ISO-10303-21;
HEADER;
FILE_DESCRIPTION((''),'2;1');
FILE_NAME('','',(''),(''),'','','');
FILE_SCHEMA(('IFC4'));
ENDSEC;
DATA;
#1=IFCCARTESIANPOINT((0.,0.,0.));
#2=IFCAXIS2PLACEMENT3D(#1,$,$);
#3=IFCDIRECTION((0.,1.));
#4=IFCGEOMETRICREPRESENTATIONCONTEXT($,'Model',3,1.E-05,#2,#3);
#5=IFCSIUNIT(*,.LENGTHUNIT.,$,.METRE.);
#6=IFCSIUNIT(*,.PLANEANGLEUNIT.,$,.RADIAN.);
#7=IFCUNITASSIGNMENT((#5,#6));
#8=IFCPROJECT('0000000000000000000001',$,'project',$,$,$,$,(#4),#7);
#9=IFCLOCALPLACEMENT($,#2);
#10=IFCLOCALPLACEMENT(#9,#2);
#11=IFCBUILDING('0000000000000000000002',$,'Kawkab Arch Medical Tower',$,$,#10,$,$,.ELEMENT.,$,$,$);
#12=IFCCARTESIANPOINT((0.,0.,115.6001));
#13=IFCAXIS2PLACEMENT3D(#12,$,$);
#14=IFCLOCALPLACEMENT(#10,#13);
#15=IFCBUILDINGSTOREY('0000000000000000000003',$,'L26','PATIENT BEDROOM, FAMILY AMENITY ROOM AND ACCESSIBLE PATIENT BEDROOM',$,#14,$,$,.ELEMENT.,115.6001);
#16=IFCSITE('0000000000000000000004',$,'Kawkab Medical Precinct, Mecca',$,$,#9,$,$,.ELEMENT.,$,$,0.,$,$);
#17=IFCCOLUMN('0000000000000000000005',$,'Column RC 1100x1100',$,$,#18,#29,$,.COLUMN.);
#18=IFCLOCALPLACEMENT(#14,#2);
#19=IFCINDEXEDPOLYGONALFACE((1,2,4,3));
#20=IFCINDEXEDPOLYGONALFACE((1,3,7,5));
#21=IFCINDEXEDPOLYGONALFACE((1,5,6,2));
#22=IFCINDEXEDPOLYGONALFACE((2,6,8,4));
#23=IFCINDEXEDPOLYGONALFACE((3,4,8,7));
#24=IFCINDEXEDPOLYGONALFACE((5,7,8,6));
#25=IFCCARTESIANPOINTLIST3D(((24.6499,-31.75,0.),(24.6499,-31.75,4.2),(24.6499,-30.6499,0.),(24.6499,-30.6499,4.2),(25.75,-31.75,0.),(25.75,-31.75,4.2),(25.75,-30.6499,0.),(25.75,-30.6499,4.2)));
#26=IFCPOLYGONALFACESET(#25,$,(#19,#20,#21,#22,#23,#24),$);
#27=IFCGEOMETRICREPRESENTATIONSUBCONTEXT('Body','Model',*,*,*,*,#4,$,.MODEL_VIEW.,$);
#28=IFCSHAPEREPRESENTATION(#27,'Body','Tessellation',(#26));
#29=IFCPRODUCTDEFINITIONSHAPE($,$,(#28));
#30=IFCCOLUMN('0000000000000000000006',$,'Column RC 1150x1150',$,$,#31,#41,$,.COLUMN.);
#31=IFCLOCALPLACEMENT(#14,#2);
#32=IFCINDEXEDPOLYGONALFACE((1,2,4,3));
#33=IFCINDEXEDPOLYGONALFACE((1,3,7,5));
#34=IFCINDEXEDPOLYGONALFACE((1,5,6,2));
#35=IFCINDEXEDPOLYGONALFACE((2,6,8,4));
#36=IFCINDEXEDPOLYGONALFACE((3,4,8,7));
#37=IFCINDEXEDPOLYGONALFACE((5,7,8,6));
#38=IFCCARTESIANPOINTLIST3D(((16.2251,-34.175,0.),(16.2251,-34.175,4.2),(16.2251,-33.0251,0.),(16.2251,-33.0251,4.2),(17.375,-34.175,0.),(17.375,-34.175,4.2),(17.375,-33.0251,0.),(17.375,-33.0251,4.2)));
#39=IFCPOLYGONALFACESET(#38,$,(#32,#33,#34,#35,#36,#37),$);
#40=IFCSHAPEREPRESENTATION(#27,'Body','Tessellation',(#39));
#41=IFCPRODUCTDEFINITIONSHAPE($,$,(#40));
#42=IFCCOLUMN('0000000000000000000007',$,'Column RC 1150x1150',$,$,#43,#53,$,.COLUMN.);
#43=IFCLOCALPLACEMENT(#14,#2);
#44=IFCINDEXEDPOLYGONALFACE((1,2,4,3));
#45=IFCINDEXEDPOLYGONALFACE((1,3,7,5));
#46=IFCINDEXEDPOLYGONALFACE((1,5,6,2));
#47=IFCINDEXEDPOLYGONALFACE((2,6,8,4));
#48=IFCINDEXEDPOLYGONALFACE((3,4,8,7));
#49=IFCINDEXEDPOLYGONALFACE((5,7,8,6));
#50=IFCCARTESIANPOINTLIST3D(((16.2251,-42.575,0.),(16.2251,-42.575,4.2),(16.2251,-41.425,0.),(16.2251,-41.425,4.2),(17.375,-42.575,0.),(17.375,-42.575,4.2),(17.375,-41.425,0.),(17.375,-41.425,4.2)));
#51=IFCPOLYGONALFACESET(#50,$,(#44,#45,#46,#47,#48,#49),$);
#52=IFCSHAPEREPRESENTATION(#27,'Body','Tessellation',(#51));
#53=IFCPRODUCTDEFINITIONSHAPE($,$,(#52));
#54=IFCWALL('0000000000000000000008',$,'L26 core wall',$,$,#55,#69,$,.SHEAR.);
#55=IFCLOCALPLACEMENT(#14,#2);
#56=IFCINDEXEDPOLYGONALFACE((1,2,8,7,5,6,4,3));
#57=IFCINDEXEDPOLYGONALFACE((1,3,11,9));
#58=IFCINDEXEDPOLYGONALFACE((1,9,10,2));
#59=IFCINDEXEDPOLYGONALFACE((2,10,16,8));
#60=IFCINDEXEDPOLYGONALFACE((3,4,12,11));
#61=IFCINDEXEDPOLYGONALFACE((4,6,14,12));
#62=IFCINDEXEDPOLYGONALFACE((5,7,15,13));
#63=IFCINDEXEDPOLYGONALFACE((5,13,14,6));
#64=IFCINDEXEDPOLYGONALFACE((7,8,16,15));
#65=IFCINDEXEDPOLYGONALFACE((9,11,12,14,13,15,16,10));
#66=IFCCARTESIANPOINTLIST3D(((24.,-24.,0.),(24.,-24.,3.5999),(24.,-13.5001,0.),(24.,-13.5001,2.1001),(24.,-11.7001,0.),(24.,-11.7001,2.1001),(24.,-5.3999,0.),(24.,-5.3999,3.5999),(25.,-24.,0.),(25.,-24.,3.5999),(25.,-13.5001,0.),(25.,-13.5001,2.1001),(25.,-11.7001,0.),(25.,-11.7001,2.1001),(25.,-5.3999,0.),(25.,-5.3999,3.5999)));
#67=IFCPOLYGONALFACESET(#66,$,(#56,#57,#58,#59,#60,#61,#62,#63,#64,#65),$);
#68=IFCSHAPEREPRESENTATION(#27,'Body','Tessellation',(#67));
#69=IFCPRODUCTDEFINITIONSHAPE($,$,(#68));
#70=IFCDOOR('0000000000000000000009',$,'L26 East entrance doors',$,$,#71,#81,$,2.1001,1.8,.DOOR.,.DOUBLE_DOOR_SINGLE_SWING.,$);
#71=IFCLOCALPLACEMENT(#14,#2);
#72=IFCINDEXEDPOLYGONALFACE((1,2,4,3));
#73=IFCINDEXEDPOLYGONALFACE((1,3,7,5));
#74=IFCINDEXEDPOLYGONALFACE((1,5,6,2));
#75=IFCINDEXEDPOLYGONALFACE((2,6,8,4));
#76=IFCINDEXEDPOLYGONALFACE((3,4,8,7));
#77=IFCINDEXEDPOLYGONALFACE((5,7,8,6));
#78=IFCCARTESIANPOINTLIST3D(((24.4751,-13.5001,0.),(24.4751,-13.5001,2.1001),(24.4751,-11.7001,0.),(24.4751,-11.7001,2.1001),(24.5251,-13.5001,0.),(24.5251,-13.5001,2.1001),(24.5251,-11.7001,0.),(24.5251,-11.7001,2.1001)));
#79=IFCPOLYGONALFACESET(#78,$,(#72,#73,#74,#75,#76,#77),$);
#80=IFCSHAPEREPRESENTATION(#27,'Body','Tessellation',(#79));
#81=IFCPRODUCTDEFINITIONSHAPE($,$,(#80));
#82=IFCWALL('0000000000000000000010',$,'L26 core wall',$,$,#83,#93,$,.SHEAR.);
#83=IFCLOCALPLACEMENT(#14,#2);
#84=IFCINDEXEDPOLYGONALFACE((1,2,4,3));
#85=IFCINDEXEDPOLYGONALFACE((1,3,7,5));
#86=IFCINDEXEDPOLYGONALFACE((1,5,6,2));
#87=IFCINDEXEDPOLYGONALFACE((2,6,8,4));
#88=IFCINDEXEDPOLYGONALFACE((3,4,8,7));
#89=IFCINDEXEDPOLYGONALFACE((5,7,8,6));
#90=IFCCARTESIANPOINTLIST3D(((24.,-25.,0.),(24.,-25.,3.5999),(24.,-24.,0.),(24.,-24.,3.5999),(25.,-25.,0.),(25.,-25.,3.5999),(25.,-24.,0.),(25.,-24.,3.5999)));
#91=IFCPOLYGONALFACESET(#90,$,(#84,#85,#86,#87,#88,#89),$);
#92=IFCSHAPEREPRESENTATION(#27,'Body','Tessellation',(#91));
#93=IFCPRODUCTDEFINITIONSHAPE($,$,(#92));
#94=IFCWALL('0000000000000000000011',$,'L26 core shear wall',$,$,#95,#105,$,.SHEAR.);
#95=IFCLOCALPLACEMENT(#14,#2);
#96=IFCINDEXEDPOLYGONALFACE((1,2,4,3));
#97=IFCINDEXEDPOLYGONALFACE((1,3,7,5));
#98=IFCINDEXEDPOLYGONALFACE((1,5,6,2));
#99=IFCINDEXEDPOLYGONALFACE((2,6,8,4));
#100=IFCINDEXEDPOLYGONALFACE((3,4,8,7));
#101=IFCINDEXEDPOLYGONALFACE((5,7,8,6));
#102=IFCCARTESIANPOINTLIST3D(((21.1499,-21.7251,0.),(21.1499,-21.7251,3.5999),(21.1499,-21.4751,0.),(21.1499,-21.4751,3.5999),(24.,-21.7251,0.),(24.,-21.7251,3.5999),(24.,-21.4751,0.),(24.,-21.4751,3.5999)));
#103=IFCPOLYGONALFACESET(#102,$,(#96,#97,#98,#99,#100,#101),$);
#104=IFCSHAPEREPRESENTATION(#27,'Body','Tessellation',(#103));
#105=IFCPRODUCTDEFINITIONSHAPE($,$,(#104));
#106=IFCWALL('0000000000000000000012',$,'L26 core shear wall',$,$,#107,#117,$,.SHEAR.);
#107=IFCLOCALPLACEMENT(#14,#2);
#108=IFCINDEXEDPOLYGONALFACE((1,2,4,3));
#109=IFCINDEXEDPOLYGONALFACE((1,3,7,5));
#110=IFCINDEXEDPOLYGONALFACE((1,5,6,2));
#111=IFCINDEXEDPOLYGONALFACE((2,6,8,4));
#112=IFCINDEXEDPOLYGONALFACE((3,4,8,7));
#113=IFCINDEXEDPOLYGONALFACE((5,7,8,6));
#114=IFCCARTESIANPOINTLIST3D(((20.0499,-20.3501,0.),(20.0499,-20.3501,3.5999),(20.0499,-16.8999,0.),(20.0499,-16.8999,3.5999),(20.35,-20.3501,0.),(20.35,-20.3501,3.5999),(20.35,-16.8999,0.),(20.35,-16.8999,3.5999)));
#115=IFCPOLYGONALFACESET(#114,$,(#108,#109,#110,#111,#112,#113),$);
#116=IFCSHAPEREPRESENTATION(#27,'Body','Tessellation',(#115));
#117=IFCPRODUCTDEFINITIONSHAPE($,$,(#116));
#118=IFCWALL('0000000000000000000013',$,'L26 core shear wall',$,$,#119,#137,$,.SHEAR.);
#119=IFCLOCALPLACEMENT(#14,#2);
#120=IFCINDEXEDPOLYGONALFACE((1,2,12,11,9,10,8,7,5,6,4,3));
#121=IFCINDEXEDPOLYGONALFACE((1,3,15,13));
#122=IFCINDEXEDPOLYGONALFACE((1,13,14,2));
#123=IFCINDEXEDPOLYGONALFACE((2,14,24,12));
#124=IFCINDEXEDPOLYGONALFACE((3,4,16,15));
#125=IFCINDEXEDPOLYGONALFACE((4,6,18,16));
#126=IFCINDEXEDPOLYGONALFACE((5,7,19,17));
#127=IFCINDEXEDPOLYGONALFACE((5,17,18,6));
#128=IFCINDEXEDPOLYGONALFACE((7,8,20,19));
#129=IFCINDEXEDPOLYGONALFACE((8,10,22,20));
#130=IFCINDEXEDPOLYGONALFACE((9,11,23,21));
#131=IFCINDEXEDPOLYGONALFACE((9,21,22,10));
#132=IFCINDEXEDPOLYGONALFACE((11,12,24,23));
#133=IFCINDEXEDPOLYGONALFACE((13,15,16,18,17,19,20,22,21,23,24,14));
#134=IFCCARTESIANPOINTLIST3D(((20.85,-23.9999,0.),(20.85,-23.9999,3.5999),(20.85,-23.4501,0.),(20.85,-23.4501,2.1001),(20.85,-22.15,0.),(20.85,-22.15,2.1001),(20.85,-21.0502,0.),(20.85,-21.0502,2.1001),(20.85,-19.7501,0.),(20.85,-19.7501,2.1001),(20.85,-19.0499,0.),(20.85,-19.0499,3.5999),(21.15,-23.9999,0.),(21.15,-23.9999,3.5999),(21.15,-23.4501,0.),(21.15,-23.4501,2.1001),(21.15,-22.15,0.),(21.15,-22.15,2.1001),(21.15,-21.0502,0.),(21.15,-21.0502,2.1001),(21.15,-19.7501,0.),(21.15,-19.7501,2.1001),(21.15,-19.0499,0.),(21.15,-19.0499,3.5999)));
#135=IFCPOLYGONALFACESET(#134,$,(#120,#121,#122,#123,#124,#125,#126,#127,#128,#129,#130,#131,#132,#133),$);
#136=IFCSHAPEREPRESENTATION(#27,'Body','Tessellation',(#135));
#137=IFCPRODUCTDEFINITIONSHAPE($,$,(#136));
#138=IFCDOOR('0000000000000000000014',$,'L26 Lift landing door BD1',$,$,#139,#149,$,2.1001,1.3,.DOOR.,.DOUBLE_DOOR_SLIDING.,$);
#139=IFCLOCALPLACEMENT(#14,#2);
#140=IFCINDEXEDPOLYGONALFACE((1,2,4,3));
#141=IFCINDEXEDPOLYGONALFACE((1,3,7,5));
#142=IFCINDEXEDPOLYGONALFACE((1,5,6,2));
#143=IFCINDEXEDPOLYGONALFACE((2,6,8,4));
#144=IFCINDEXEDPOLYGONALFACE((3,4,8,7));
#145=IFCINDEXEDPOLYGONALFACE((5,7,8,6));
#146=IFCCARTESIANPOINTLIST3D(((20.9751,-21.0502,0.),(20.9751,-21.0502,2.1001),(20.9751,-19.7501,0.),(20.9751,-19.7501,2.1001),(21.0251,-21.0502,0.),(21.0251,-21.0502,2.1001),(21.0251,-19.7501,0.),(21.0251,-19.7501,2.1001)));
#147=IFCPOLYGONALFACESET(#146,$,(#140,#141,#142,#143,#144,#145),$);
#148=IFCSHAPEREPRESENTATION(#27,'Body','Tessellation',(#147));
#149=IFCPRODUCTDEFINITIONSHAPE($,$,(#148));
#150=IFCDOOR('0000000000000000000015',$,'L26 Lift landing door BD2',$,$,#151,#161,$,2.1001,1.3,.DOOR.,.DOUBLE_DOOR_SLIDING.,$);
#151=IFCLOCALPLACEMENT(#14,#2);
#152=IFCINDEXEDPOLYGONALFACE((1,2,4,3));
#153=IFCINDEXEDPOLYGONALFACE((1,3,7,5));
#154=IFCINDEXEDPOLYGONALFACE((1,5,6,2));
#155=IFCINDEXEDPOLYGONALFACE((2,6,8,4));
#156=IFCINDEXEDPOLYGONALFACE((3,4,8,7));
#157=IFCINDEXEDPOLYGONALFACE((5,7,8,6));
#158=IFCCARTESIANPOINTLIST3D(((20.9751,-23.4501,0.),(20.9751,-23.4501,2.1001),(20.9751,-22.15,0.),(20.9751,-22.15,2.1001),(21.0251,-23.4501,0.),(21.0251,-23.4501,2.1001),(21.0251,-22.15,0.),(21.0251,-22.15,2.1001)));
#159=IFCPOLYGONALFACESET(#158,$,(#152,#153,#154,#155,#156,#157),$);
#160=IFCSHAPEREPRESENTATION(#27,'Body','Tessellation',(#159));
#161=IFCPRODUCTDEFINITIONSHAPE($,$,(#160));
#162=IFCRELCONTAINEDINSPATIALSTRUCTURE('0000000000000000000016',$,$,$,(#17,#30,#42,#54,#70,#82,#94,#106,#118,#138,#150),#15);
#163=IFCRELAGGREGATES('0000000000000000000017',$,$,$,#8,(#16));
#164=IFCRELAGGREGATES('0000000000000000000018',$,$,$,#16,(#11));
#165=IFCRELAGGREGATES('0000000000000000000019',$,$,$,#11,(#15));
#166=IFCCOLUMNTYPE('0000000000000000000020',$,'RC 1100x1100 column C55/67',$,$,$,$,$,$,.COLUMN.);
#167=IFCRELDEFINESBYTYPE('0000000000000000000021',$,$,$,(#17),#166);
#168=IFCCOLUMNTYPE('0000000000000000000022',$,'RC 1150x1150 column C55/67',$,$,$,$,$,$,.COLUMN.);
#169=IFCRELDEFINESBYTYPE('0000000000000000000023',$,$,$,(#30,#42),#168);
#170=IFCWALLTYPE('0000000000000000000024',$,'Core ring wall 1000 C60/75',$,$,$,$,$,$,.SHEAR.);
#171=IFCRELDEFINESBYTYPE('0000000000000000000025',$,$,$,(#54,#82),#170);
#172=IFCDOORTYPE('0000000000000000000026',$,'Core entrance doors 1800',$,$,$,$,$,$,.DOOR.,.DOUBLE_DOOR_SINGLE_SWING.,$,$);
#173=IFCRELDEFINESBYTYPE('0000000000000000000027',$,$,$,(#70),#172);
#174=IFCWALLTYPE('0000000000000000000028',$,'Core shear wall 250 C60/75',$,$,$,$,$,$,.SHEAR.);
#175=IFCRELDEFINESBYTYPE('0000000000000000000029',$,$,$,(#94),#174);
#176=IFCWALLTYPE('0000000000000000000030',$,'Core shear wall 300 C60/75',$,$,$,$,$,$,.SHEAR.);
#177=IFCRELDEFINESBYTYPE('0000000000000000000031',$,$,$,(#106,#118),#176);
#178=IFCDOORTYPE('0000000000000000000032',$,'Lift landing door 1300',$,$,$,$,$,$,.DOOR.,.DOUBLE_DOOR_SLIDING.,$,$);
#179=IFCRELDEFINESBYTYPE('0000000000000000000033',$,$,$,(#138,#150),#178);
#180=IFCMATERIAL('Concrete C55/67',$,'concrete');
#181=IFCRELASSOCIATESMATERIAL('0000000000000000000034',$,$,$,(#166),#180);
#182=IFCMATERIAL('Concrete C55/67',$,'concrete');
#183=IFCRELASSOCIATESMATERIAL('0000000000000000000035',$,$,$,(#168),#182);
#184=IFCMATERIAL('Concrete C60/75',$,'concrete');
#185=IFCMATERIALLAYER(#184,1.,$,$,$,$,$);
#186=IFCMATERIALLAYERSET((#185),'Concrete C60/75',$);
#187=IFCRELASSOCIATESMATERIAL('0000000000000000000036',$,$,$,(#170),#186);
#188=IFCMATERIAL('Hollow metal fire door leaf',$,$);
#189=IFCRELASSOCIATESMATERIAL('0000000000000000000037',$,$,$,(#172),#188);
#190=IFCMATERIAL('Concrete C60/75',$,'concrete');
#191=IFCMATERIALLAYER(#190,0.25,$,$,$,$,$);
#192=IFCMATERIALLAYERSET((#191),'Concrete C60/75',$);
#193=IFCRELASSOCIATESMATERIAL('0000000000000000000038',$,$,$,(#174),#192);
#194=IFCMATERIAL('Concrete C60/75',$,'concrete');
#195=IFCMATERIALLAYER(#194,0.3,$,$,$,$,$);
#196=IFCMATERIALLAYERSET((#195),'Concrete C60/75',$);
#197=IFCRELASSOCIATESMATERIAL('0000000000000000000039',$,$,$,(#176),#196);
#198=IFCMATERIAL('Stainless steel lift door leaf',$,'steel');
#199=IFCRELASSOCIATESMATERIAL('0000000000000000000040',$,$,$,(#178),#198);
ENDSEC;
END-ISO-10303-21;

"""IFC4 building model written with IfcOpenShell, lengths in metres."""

from ifc_helpers import new_model, si_unit, direction, frame, frame_2d, origin, origin_2d, place, context, subcontext, project, spatial, rectangle, extrude, material, layer, layer_set, material_profile, profile_set, type_object, element, fill, save


model = new_model("IFC4")

# Units and contexts
model_context = context("Model", 3, precision=1e-05, world=origin(), true_north=direction((0.0, 1.0)))
body_context = subcontext(model_context, "Body", "Model", "MODEL_VIEW")
ifc_project = project(units=[si_unit("LENGTHUNIT", "METRE"), si_unit("PLANEANGLEUNIT", "RADIAN")], contexts=[model_context])

# Site, building, storey
site_placement = place(None, origin())
site = spatial("IfcSite", under=ifc_project, at=site_placement, Name="Kawkab Medical Precinct, Mecca", CompositionType="ELEMENT", RefElevation=0.0)
building_placement = place(site_placement, origin())
building = spatial("IfcBuilding", under=site, at=building_placement, Name="Kawkab Arch Medical Tower", CompositionType="ELEMENT")
storey_placement = place(building_placement, frame((0.0, 0.0, 115.6001)))
storey = spatial("IfcBuildingStorey", under=building, at=storey_placement, Name="L26", Description="PATIENT BEDROOM, FAMILY AMENITY ROOM AND ACCESSIBLE PATIENT BEDROOM", CompositionType="ELEMENT", Elevation=115.6001)

# Columns
ifc_material_1 = material(Name="Concrete C55/67", Category="concrete")
ifc_material_profile_1 = material_profile(ifc_material_1, rectangle(XDim=1.1001, YDim=1.1001, at=origin_2d()), Name="RC 1100x1100")
ifc_profile_set_1 = profile_set([ifc_material_profile_1], Name="Concrete C55/67")
column_type_1 = type_object("IfcColumnType", Name="RC 1100x1100 column C55/67", PredefinedType="COLUMN", material=ifc_profile_set_1)
column_placement = place(storey_placement, frame((25.2, -31.2, 0.0), z_axis=(0.0, 0.0, 1.0), x_axis=(1.0, 0.0, 0.0)))
element("IfcColumn", 1, at=column_placement, inside=storey, type_object=column_type_1, Name="Column RC 1100x1100", PredefinedType="COLUMN", context=body_context, shape_type="SweptSolid", body=[
    extrude(rectangle(XDim=1.1001, YDim=1.1001, at=origin_2d()), origin(), (0.0, 0.0, 1.0), 4.2),
])
ifc_material_2 = material(Name="Concrete C55/67", Category="concrete")
ifc_material_profile_2 = material_profile(ifc_material_2, rectangle(XDim=1.1499, YDim=1.1499, at=origin_2d()), Name="RC 1150x1150")
ifc_profile_set_2 = profile_set([ifc_material_profile_2], Name="Concrete C55/67")
column_type_2 = type_object("IfcColumnType", Name="RC 1150x1150 column C55/67", PredefinedType="COLUMN", material=ifc_profile_set_2)
for number, where, z_axis, x_axis, name in (
    (2, (16.8, -33.6001, 0.0), (0.0, 0.0, 1.0), (1.0, 0.0, 0.0), "Column RC 1150x1150"),
    (3, (16.8, -42.0, 0.0), (0.0, 0.0, 1.0), (1.0, 0.0, 0.0), "Column RC 1150x1150"),
):
    element("IfcColumn", number, at=place(storey_placement, frame(where, z_axis=z_axis, x_axis=x_axis)), inside=storey, type_object=column_type_2, Name=name, PredefinedType="COLUMN", context=body_context, shape_type="SweptSolid", body=[
        extrude(rectangle(XDim=1.1499, YDim=1.1499, at=origin_2d()), origin(), (0.0, 0.0, 1.0), 4.2),
    ])

# Wall, opening, door
ifc_material_3 = material(Name="Concrete C60/75", Category="concrete")
ifc_layer_1 = layer(ifc_material_3, 1.0)
ifc_layer_set_1 = layer_set([ifc_layer_1], Name="Concrete C60/75")
wall_type_1 = type_object("IfcWallType", Name="Core ring wall 1000 C60/75", PredefinedType="SHEAR", material=ifc_layer_set_1)
wall_1_placement = place(storey_placement, frame((24.5, -24.0, 0.0), z_axis=(0.0, 0.0, 1.0), x_axis=(0.0, 1.0, 0.0)))
wall_1 = element("IfcWall", 4, at=wall_1_placement, inside=storey, type_object=wall_type_1, Name="L26 core wall", PredefinedType="SHEAR", context=body_context, shape_type="SweptSolid", body=[
    extrude(rectangle(XDim=18.6001, YDim=1.0, at=frame_2d((9.3, 0.0))), origin(), (0.0, 0.0, 1.0), 3.5999),
])
opening_1_placement = place(wall_1_placement, frame((10.5, 0.0, 0.0)))
opening_1 = element("IfcOpeningElement", 5, at=opening_1_placement, cuts=wall_1, PredefinedType="OPENING", context=body_context, shape_type="SweptSolid", body=[
    extrude(rectangle(XDim=1.8, YDim=2.1001, at=frame_2d((0.8999, 1.05))), frame((0.0, 0.51, 0.0), z_axis=(0.0, -1.0, 0.0), x_axis=(1.0, 0.0, 0.0)), (0.0, 0.0, 1.0), 1.02),
])
ifc_material_4 = material(Name="Hollow metal fire door leaf")
door_type_1 = type_object("IfcDoorType", Name="Core entrance doors 1800", OperationType="DOUBLE_DOOR_SINGLE_SWING", PredefinedType="DOOR", material=ifc_material_4)
door_1_placement = place(opening_1_placement, origin())
door_1 = element("IfcDoor", 6, at=door_1_placement, inside=storey, type_object=door_type_1, Name="L26 East entrance doors", OperationType="DOUBLE_DOOR_SINGLE_SWING", OverallHeight=2.1001, OverallWidth=1.8, PredefinedType="DOOR", context=body_context, shape_type="SweptSolid", body=[
    extrude(rectangle(XDim=1.8, YDim=2.1001, at=frame_2d((0.8999, 1.05))), frame((0.0, 0.0249, 0.0), z_axis=(0.0, -1.0, 0.0), x_axis=(1.0, 0.0, 0.0)), (0.0, 0.0, 1.0), 0.05),
])
fill(opening_1, door_1)

# Walls
wall_2_placement = place(storey_placement, frame((24.5, -25.0, 0.0), z_axis=(0.0, 0.0, 1.0), x_axis=(0.0, 1.0, 0.0)))
element("IfcWall", 7, at=wall_2_placement, inside=storey, type_object=wall_type_1, Name="L26 core wall", PredefinedType="SHEAR", context=body_context, shape_type="SweptSolid", body=[
    extrude(rectangle(XDim=1.0, YDim=1.0, at=frame_2d((0.5, 0.0))), origin(), (0.0, 0.0, 1.0), 3.5999),
])
ifc_material_5 = material(Name="Concrete C60/75", Category="concrete")
ifc_layer_2 = layer(ifc_material_5, 0.25)
ifc_layer_set_2 = layer_set([ifc_layer_2], Name="Concrete C60/75")
wall_type_2 = type_object("IfcWallType", Name="Core shear wall 250 C60/75", PredefinedType="SHEAR", material=ifc_layer_set_2)
wall_3_placement = place(storey_placement, frame((21.1499, -21.6001, 0.0), z_axis=(0.0, 0.0, 1.0), x_axis=(1.0, 0.0, 0.0)))
element("IfcWall", 8, at=wall_3_placement, inside=storey, type_object=wall_type_2, Name="L26 core shear wall", PredefinedType="SHEAR", context=body_context, shape_type="SweptSolid", body=[
    extrude(rectangle(XDim=2.8501, YDim=0.25, at=frame_2d((1.425, 0.0))), origin(), (0.0, 0.0, 1.0), 3.5999),
])
ifc_material_6 = material(Name="Concrete C60/75", Category="concrete")
ifc_layer_3 = layer(ifc_material_6, 0.3)
ifc_layer_set_3 = layer_set([ifc_layer_3], Name="Concrete C60/75")
wall_type_3 = type_object("IfcWallType", Name="Core shear wall 300 C60/75", PredefinedType="SHEAR", material=ifc_layer_set_3)
wall_4_placement = place(storey_placement, frame((20.2, -20.3501, 0.0), z_axis=(0.0, 0.0, 1.0), x_axis=(0.0, 1.0, 0.0)))
element("IfcWall", 9, at=wall_4_placement, inside=storey, type_object=wall_type_3, Name="L26 core shear wall", PredefinedType="SHEAR", context=body_context, shape_type="SweptSolid", body=[
    extrude(rectangle(XDim=3.4502, YDim=0.3, at=frame_2d((1.7251, 0.0))), origin(), (0.0, 0.0, 1.0), 3.5999),
])

# Wall, openings, doors
wall_5_placement = place(storey_placement, frame((21.0, -24.0, 0.0), z_axis=(0.0, 0.0, 1.0), x_axis=(0.0, 1.0, 0.0)))
wall_5 = element("IfcWall", 10, at=wall_5_placement, inside=storey, type_object=wall_type_3, Name="L26 core shear wall", PredefinedType="SHEAR", context=body_context, shape_type="SweptSolid", body=[
    extrude(rectangle(XDim=4.95, YDim=0.3, at=frame_2d((2.4751, 0.0))), origin(), (0.0, 0.0, 1.0), 3.5999),
])
opening_2_placement = place(wall_5_placement, frame((2.95, 0.0, 0.0)))
opening_2 = element("IfcOpeningElement", 11, at=opening_2_placement, cuts=wall_5, PredefinedType="OPENING", context=body_context, shape_type="SweptSolid", body=[
    extrude(rectangle(XDim=1.3, YDim=2.1001, at=frame_2d((0.6499, 1.05))), frame((0.0, 0.1599, 0.0), z_axis=(0.0, -1.0, 0.0), x_axis=(1.0, 0.0, 0.0)), (0.0, 0.0, 1.0), 0.3201),
])
opening_3_placement = place(wall_5_placement, frame((0.55, 0.0, 0.0)))
opening_3 = element("IfcOpeningElement", 12, at=opening_3_placement, cuts=wall_5, PredefinedType="OPENING", context=body_context, shape_type="SweptSolid", body=[
    extrude(rectangle(XDim=1.3, YDim=2.1001, at=frame_2d((0.6499, 1.05))), frame((0.0, 0.1599, 0.0), z_axis=(0.0, -1.0, 0.0), x_axis=(1.0, 0.0, 0.0)), (0.0, 0.0, 1.0), 0.3201),
])
ifc_material_7 = material(Name="Stainless steel lift door leaf", Category="steel")
door_type_2 = type_object("IfcDoorType", Name="Lift landing door 1300", OperationType="DOUBLE_DOOR_SLIDING", PredefinedType="DOOR", material=ifc_material_7)
door_2_placement = place(opening_2_placement, origin())
door_2 = element("IfcDoor", 13, at=door_2_placement, inside=storey, type_object=door_type_2, Name="L26 Lift landing door BD1", OperationType="DOUBLE_DOOR_SLIDING", OverallHeight=2.1001, OverallWidth=1.3, PredefinedType="DOOR", context=body_context, shape_type="SweptSolid", body=[
    extrude(rectangle(XDim=1.3, YDim=2.1001, at=frame_2d((0.6499, 1.05))), frame((0.0, 0.0249, 0.0), z_axis=(0.0, -1.0, 0.0), x_axis=(1.0, 0.0, 0.0)), (0.0, 0.0, 1.0), 0.05),
])
fill(opening_2, door_2)
door_3_placement = place(opening_3_placement, origin())
door_3 = element("IfcDoor", 14, at=door_3_placement, inside=storey, type_object=door_type_2, Name="L26 Lift landing door BD2", OperationType="DOUBLE_DOOR_SLIDING", OverallHeight=2.1001, OverallWidth=1.3, PredefinedType="DOOR", context=body_context, shape_type="SweptSolid", body=[
    extrude(rectangle(XDim=1.3, YDim=2.1001, at=frame_2d((0.6499, 1.05))), frame((0.0, 0.0249, 0.0), z_axis=(0.0, -1.0, 0.0), x_axis=(1.0, 0.0, 0.0)), (0.0, 0.0, 1.0), 0.05),
])
fill(opening_3, door_3)

save(model, "model.ifc")
